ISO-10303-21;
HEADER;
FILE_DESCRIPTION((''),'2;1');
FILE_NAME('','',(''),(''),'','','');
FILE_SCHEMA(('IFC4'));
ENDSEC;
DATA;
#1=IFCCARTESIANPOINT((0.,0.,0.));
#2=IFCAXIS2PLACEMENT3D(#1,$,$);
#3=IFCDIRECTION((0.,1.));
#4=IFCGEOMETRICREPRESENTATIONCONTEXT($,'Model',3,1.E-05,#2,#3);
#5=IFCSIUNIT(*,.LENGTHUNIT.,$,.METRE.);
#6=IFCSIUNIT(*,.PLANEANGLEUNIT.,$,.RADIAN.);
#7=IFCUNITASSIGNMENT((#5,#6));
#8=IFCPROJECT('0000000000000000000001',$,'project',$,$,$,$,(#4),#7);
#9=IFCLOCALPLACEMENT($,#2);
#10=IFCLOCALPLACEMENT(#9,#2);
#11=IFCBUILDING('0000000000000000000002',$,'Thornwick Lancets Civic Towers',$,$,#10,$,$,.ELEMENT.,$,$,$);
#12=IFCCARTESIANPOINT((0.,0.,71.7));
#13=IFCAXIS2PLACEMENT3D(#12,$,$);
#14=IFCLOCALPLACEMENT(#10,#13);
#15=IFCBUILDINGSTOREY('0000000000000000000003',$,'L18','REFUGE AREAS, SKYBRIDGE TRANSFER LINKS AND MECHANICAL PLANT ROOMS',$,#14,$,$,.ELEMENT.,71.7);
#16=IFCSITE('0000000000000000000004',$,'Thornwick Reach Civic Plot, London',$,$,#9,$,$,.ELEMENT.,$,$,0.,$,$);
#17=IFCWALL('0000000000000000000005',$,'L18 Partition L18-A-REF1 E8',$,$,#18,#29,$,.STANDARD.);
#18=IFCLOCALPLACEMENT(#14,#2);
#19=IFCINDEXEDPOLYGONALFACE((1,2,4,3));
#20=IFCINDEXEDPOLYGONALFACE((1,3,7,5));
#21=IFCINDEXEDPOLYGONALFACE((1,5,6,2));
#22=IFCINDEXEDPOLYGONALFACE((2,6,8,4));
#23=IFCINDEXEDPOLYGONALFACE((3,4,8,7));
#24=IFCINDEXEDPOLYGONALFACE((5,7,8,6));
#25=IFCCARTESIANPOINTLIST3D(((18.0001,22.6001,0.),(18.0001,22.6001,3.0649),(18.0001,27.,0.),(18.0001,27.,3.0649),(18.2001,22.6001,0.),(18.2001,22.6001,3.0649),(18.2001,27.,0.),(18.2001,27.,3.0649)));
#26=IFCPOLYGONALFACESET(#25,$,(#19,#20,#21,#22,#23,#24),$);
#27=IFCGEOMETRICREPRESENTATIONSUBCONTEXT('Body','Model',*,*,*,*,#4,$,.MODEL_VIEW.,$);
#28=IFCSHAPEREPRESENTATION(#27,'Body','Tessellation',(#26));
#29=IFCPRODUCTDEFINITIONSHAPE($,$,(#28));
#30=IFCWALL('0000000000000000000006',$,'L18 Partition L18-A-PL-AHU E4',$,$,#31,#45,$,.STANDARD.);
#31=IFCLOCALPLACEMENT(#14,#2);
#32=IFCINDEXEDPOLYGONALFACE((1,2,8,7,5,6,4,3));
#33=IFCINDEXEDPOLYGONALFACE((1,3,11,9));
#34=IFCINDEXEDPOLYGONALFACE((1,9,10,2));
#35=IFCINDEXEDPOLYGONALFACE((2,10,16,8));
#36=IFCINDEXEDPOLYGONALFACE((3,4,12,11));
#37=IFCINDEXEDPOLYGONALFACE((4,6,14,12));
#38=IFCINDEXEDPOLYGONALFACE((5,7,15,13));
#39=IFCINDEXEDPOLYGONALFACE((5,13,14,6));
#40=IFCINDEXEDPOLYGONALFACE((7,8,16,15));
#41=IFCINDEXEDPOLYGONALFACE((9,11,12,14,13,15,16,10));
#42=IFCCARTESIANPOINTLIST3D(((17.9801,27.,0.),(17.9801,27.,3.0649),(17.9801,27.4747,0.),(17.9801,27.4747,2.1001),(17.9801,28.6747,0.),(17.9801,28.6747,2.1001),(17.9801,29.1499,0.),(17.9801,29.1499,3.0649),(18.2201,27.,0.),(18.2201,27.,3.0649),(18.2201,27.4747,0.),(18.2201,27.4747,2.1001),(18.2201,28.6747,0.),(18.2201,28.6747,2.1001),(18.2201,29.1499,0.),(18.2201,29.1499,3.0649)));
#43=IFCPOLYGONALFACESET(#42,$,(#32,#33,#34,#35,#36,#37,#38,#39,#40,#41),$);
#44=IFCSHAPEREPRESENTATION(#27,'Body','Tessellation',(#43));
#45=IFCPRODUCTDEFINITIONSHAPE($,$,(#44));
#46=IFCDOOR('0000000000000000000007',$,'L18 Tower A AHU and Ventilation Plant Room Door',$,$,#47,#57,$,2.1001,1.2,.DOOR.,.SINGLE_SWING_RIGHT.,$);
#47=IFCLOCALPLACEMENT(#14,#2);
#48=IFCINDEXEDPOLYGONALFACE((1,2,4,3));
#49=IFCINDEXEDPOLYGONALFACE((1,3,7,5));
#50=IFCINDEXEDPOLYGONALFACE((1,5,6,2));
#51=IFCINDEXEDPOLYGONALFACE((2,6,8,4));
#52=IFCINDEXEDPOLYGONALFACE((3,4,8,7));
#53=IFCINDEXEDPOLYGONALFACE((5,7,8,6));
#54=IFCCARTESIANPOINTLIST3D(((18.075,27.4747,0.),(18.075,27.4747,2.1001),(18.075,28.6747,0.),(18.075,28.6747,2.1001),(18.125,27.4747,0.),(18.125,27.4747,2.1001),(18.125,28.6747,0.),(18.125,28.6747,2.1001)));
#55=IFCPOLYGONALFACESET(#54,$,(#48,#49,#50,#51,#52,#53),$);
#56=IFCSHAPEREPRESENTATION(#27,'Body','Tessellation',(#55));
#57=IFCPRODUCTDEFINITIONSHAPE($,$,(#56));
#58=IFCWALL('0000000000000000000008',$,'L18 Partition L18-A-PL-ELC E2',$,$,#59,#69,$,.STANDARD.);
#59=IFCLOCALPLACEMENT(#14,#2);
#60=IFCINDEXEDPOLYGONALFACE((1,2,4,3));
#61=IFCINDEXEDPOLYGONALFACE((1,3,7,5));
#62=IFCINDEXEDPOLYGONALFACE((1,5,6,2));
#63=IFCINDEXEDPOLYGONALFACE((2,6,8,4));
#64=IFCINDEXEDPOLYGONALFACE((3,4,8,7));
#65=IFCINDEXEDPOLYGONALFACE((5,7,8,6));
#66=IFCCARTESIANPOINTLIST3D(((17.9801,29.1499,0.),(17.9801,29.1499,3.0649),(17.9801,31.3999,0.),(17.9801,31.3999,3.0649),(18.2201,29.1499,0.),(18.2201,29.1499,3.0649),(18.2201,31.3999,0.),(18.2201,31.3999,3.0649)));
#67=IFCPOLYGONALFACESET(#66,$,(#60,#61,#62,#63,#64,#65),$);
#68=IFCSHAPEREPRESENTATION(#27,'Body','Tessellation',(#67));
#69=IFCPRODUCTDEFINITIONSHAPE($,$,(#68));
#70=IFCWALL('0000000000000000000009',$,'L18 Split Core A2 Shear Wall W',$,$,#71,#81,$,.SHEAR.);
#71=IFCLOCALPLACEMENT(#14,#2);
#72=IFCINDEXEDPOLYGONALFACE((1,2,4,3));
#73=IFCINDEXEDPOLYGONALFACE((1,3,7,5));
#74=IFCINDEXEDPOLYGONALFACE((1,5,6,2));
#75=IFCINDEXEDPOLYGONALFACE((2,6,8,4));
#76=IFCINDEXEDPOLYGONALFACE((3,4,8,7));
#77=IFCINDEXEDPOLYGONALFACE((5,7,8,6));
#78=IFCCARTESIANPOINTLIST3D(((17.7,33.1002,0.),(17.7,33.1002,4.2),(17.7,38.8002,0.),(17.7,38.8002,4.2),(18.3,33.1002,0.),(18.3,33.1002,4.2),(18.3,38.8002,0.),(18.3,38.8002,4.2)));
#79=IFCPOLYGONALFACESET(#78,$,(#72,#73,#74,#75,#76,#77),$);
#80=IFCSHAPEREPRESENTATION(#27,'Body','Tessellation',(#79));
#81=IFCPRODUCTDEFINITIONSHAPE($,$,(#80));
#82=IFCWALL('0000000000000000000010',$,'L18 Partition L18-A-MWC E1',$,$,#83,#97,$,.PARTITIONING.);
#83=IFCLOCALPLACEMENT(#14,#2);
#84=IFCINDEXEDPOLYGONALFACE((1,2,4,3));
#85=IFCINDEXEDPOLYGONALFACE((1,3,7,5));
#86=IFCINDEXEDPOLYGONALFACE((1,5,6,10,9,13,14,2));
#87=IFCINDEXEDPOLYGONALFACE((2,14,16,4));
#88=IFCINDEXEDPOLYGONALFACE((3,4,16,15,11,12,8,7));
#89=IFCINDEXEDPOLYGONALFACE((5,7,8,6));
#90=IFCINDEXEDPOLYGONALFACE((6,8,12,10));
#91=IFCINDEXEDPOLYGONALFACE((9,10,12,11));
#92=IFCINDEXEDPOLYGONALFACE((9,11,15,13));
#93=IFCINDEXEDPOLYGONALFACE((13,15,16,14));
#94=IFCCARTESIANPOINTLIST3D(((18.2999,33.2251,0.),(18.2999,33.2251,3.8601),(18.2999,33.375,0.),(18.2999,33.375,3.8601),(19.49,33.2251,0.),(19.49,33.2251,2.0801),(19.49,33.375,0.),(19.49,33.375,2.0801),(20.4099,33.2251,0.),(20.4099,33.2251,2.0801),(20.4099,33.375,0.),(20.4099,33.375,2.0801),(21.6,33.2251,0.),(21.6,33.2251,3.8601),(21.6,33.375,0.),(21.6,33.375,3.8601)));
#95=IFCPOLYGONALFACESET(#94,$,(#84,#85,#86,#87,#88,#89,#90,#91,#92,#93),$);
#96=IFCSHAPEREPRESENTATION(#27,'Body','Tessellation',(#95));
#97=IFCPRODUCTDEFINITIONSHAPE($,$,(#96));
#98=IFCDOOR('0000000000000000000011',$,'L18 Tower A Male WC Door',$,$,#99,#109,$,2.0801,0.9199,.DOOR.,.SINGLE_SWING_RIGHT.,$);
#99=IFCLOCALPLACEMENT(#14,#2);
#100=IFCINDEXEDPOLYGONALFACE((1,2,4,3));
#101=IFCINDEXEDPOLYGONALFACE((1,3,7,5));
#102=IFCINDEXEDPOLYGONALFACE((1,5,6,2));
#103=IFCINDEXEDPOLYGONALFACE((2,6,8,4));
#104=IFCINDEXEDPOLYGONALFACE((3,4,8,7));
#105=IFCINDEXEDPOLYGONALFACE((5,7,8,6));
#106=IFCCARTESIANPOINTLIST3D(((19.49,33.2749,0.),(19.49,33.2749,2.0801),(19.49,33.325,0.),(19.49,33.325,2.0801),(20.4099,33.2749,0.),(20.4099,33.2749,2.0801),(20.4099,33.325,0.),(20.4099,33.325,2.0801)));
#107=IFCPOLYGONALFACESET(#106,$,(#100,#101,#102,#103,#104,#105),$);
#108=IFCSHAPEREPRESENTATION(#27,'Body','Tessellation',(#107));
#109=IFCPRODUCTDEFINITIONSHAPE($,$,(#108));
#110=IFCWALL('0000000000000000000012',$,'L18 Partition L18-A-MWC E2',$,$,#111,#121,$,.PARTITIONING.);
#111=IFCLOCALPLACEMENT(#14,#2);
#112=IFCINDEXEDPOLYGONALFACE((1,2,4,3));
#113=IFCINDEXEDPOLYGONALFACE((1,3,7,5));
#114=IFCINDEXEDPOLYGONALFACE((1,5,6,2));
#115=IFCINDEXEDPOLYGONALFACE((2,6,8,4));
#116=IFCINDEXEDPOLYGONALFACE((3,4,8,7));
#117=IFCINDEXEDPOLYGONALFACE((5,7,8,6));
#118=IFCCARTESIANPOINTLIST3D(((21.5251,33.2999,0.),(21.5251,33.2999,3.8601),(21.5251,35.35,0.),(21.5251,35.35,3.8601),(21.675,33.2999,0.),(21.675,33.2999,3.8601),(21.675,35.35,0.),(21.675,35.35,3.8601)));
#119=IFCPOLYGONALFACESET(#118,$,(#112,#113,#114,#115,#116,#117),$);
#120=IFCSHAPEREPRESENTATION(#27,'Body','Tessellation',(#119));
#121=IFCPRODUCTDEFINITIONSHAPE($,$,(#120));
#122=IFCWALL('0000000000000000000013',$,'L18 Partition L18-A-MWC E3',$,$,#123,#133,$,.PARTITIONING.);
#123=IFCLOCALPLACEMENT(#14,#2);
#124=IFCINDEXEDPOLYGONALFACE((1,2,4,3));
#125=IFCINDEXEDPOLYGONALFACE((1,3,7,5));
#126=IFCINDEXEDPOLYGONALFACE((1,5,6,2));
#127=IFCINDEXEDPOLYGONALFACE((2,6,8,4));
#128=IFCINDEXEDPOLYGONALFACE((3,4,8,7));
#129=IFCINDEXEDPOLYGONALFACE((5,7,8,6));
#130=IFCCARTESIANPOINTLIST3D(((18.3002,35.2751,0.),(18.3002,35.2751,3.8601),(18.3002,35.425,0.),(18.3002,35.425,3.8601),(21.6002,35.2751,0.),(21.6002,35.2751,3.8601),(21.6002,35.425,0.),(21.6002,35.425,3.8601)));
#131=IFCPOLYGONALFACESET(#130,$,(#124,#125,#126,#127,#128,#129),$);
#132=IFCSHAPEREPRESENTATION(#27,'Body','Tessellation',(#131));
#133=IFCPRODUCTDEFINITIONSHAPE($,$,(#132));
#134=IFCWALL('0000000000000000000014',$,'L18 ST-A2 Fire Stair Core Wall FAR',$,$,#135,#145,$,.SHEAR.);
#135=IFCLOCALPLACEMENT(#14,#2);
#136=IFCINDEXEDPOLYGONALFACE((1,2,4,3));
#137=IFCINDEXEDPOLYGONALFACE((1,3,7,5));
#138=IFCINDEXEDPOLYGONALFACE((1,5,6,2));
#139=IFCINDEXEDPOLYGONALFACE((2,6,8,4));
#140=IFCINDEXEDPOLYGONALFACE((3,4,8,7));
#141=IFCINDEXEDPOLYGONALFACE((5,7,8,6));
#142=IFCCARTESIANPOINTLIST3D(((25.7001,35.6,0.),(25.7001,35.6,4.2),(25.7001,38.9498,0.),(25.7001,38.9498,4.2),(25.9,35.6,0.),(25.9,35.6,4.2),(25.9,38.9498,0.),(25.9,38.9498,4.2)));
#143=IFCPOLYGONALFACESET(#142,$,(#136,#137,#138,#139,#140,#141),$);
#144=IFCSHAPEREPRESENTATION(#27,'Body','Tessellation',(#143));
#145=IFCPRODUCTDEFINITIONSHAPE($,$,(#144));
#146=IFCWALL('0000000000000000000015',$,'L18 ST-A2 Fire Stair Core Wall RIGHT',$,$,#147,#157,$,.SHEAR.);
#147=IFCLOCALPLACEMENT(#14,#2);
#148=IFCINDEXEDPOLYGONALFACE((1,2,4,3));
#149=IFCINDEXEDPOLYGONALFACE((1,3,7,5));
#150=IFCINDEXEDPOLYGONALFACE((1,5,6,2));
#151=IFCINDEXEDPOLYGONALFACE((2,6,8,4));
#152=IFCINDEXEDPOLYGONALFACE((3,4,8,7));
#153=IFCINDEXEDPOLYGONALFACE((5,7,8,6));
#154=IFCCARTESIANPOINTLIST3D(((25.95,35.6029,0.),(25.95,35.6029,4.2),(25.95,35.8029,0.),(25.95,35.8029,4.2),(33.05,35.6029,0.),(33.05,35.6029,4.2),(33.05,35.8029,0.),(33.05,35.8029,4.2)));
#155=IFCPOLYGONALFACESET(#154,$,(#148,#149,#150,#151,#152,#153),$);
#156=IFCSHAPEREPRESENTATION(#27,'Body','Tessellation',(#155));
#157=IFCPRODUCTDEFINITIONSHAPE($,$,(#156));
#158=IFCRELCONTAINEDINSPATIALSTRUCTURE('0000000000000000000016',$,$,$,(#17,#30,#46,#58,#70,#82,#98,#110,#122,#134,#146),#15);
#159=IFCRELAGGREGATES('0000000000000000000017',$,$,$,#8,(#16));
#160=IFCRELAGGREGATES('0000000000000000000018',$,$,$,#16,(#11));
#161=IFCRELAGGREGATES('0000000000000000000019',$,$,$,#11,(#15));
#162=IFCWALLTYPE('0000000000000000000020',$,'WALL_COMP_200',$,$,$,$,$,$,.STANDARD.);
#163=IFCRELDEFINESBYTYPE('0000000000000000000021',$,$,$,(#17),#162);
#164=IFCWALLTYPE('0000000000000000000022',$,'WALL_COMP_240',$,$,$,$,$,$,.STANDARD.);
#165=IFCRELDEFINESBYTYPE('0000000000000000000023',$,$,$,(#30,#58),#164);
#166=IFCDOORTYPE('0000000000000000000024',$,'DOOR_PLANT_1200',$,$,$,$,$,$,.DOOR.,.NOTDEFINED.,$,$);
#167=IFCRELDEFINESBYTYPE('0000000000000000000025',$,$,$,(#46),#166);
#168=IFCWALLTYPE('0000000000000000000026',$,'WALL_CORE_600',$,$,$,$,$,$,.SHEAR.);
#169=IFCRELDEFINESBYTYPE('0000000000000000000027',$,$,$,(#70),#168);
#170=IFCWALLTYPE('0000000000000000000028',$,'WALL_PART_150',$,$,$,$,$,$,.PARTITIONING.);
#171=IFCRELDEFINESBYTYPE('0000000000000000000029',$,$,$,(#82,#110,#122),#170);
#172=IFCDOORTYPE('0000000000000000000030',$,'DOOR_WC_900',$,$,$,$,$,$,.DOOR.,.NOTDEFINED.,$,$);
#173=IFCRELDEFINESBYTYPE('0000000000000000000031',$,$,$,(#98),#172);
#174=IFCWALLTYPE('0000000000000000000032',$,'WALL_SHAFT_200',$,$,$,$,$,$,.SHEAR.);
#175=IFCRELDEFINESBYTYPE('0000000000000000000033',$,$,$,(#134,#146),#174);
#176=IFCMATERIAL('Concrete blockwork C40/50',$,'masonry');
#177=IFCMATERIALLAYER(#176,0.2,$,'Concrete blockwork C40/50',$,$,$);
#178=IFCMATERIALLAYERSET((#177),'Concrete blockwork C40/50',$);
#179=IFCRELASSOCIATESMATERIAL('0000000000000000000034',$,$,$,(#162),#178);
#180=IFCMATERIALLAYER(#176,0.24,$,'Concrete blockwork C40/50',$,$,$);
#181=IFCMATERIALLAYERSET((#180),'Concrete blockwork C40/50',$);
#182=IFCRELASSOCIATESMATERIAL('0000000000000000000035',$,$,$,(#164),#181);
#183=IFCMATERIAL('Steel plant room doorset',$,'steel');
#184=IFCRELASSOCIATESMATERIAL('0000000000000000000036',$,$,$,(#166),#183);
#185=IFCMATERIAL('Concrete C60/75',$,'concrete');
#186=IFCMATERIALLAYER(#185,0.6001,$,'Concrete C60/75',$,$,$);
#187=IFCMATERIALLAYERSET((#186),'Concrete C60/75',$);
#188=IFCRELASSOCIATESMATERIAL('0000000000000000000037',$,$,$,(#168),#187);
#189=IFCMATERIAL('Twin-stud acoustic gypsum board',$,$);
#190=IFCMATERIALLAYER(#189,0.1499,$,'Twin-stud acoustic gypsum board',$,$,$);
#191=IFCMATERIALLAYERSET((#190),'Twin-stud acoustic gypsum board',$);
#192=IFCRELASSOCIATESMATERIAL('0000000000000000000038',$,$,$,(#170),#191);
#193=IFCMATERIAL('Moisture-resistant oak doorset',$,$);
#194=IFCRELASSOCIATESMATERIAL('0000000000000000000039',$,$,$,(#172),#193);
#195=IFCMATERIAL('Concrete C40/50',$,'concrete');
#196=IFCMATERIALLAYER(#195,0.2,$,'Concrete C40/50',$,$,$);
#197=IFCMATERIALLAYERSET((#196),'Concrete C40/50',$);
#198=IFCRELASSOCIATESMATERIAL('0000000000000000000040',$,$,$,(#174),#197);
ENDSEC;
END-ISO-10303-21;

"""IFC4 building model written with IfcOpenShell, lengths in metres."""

from ifc_helpers import new_model, si_unit, direction, frame, frame_2d, origin, place, context, subcontext, project, spatial, rectangle, extrude, material, layer, layer_set, type_object, element, fill, save


model = new_model("IFC4")

# Units and contexts
model_context = context("Model", 3, precision=1e-05, world=origin(), true_north=direction((0.0, 1.0)))
body_context = subcontext(model_context, "Body", "Model", "MODEL_VIEW")
ifc_project = project(units=[si_unit("LENGTHUNIT", "METRE"), si_unit("PLANEANGLEUNIT", "RADIAN")], contexts=[model_context])

# Site, building, storey
site_placement = place(None, origin())
site = spatial("IfcSite", under=ifc_project, at=site_placement, Name="Thornwick Reach Civic Plot, London", CompositionType="ELEMENT", RefElevation=0.0)
building_placement = place(site_placement, origin())
building = spatial("IfcBuilding", under=site, at=building_placement, Name="Thornwick Lancets Civic Towers", CompositionType="ELEMENT")
storey_placement = place(building_placement, frame((0.0, 0.0, 71.7)))
storey = spatial("IfcBuildingStorey", under=building, at=storey_placement, Name="L18", Description="REFUGE AREAS, SKYBRIDGE TRANSFER LINKS AND MECHANICAL PLANT ROOMS", CompositionType="ELEMENT", Elevation=71.7)

# Shared definitions
ifc_material_1 = material(Name="Concrete C60/75", Category="concrete")

# Shared definitions
ifc_material_2 = material(Name="Concrete blockwork C40/50", Category="masonry")
ifc_layer_1 = layer(ifc_material_2, 0.2, Name="Concrete blockwork C40/50")
ifc_layer_set_1 = layer_set([ifc_layer_1], Name="Concrete blockwork C40/50")
wall_type_1 = type_object("IfcWallType", Name="WALL_COMP_200", PredefinedType="STANDARD", material=ifc_layer_set_1)

# Wall
wall_1_placement = place(storey_placement, frame((18.1001, 27.0, 0.0), z_axis=(0.0, 0.0, 1.0), x_axis=(0.0, -1.0, 0.0)))
element("IfcWall", 1, at=wall_1_placement, inside=storey, type_object=wall_type_1, Name="L18 Partition L18-A-REF1 E8", PredefinedType="STANDARD", context=body_context, shape_type="SweptSolid", body=[
    extrude(rectangle(XDim=4.3999, YDim=0.2, at=frame_2d((2.2, 0.0))), origin(), (0.0, 0.0, 1.0), 3.0649),
])

# Wall, opening, door
ifc_layer_2 = layer(ifc_material_2, 0.24, Name="Concrete blockwork C40/50")
ifc_layer_set_2 = layer_set([ifc_layer_2], Name="Concrete blockwork C40/50")
wall_type_2 = type_object("IfcWallType", Name="WALL_COMP_240", PredefinedType="STANDARD", material=ifc_layer_set_2)
wall_2_placement = place(storey_placement, frame((18.1001, 29.1499, 0.0), z_axis=(0.0, 0.0, 1.0), x_axis=(0.0, -1.0, 0.0)))
wall_2 = element("IfcWall", 2, at=wall_2_placement, inside=storey, type_object=wall_type_2, Name="L18 Partition L18-A-PL-AHU E4", PredefinedType="STANDARD", context=body_context, shape_type="SweptSolid", body=[
    extrude(rectangle(XDim=2.1499, YDim=0.24, at=frame_2d((1.075, 0.0))), origin(), (0.0, 0.0, 1.0), 3.0649),
])
opening_1_placement = place(wall_2_placement, frame((0.4751, 0.0, 0.0)))
opening_1 = element("IfcOpeningElement", 3, at=opening_1_placement, cuts=wall_2, PredefinedType="OPENING", context=body_context, shape_type="SweptSolid", body=[
    extrude(rectangle(XDim=1.2, YDim=2.1001, at=frame_2d((0.6001, 1.05))), frame((0.0, 0.1299, 0.0), z_axis=(0.0, -1.0, 0.0), x_axis=(1.0, 0.0, 0.0)), (0.0, 0.0, 1.0), 0.26),
])
ifc_material_3 = material(Name="Steel plant room doorset", Category="steel")
door_type_1 = type_object("IfcDoorType", Name="DOOR_PLANT_1200", OperationType="NOTDEFINED", PredefinedType="DOOR", material=ifc_material_3)
door_1_placement = place(opening_1_placement, origin())
door_1 = element("IfcDoor", 4, at=door_1_placement, inside=storey, type_object=door_type_1, Name="L18 Tower A AHU and Ventilation Plant Room Door", OperationType="SINGLE_SWING_RIGHT", OverallHeight=2.1001, OverallWidth=1.2, PredefinedType="DOOR", context=body_context, shape_type="SweptSolid", body=[
    extrude(rectangle(XDim=1.2, YDim=2.1001, at=frame_2d((0.6001, 1.05))), frame((0.0, 0.0249, 0.0), z_axis=(0.0, -1.0, 0.0), x_axis=(1.0, 0.0, 0.0)), (0.0, 0.0, 1.0), 0.05),
])
fill(opening_1, door_1)

# Walls
wall_3_placement = place(storey_placement, frame((18.1001, 31.3999, 0.0), z_axis=(0.0, 0.0, 1.0), x_axis=(0.0, -1.0, 0.0)))
element("IfcWall", 5, at=wall_3_placement, inside=storey, type_object=wall_type_2, Name="L18 Partition L18-A-PL-ELC E2", PredefinedType="STANDARD", context=body_context, shape_type="SweptSolid", body=[
    extrude(rectangle(XDim=2.25, YDim=0.24, at=frame_2d((1.125, 0.0))), origin(), (0.0, 0.0, 1.0), 3.0649),
])
ifc_layer_3 = layer(ifc_material_1, 0.6001, Name="Concrete C60/75")
ifc_layer_set_3 = layer_set([ifc_layer_3], Name="Concrete C60/75")
wall_type_3 = type_object("IfcWallType", Name="WALL_CORE_600", PredefinedType="SHEAR", material=ifc_layer_set_3)
wall_4_placement = place(storey_placement, frame((18.0, 33.1001, 0.0), z_axis=(0.0, 0.0, 1.0), x_axis=(0.0, 1.0, 0.0)))
element("IfcWall", 6, at=wall_4_placement, inside=storey, type_object=wall_type_3, Name="L18 Split Core A2 Shear Wall W", PredefinedType="SHEAR", context=body_context, shape_type="SweptSolid", body=[
    extrude(rectangle(XDim=5.7, YDim=0.6001, at=frame_2d((2.8501, 0.0))), origin(), (0.0, 0.0, 1.0), 4.2),
])

# Wall, opening, door
ifc_material_4 = material(Name="Twin-stud acoustic gypsum board")
ifc_layer_4 = layer(ifc_material_4, 0.1499, Name="Twin-stud acoustic gypsum board")
ifc_layer_set_4 = layer_set([ifc_layer_4], Name="Twin-stud acoustic gypsum board")
wall_type_4 = type_object("IfcWallType", Name="WALL_PART_150", PredefinedType="PARTITIONING", material=ifc_layer_set_4)
wall_5_placement = place(storey_placement, frame((18.3, 33.3, 0.0), z_axis=(0.0, 0.0, 1.0), x_axis=(1.0, 0.0, 0.0)))
wall_5 = element("IfcWall", 7, at=wall_5_placement, inside=storey, type_object=wall_type_4, Name="L18 Partition L18-A-MWC E1", PredefinedType="PARTITIONING", context=body_context, shape_type="SweptSolid", body=[
    extrude(rectangle(XDim=3.3, YDim=0.1499, at=frame_2d((1.6499, 0.0))), origin(), (0.0, 0.0, 1.0), 3.8601),
])
opening_2_placement = place(wall_5_placement, frame((1.1899, 0.0, 0.0)))
opening_2 = element("IfcOpeningElement", 8, at=opening_2_placement, cuts=wall_5, PredefinedType="OPENING", context=body_context, shape_type="SweptSolid", body=[
    extrude(rectangle(XDim=0.9199, YDim=2.0801, at=frame_2d((0.46, 1.04))), frame((0.0, 0.085, 0.0), z_axis=(0.0, -1.0, 0.0), x_axis=(1.0, 0.0, 0.0)), (0.0, 0.0, 1.0), 0.1699),
])
ifc_material_5 = material(Name="Moisture-resistant oak doorset")
door_type_2 = type_object("IfcDoorType", Name="DOOR_WC_900", OperationType="NOTDEFINED", PredefinedType="DOOR", material=ifc_material_5)
door_2_placement = place(opening_2_placement, origin())
door_2 = element("IfcDoor", 9, at=door_2_placement, inside=storey, type_object=door_type_2, Name="L18 Tower A Male WC Door", OperationType="SINGLE_SWING_RIGHT", OverallHeight=2.0801, OverallWidth=0.9199, PredefinedType="DOOR", context=body_context, shape_type="SweptSolid", body=[
    extrude(rectangle(XDim=0.9199, YDim=2.0801, at=frame_2d((0.46, 1.04))), frame((0.0, 0.0249, 0.0), z_axis=(0.0, -1.0, 0.0), x_axis=(1.0, 0.0, 0.0)), (0.0, 0.0, 1.0), 0.05),
])
fill(opening_2, door_2)

# Walls
wall_6_placement = place(storey_placement, frame((21.6001, 33.3, 0.0), z_axis=(0.0, 0.0, 1.0), x_axis=(0.0, 1.0, 0.0)))
element("IfcWall", 10, at=wall_6_placement, inside=storey, type_object=wall_type_4, Name="L18 Partition L18-A-MWC E2", PredefinedType="PARTITIONING", context=body_context, shape_type="SweptSolid", body=[
    extrude(rectangle(XDim=2.05, YDim=0.1499, at=frame_2d((1.0249, 0.0))), origin(), (0.0, 0.0, 1.0), 3.8601),
])
wall_7_placement = place(storey_placement, frame((21.6001, 35.3501, 0.0), z_axis=(0.0, 0.0, 1.0), x_axis=(-1.0, 0.0, 0.0)))
element("IfcWall", 11, at=wall_7_placement, inside=storey, type_object=wall_type_4, Name="L18 Partition L18-A-MWC E3", PredefinedType="PARTITIONING", context=body_context, shape_type="SweptSolid", body=[
    extrude(rectangle(XDim=3.3, YDim=0.1499, at=frame_2d((1.6499, 0.0))), origin(), (0.0, 0.0, 1.0), 3.8601),
])
ifc_material_6 = material(Name="Concrete C40/50", Category="concrete")
ifc_layer_5 = layer(ifc_material_6, 0.2, Name="Concrete C40/50")
ifc_layer_set_5 = layer_set([ifc_layer_5], Name="Concrete C40/50")
wall_type_5 = type_object("IfcWallType", Name="WALL_SHAFT_200", PredefinedType="SHEAR", material=ifc_layer_set_5)
wall_8_placement = place(storey_placement, frame((25.8, 35.6001, 0.0), z_axis=(0.0, 0.0, 1.0), x_axis=(0.0, 1.0, 0.0)))
element("IfcWall", 12, at=wall_8_placement, inside=storey, type_object=wall_type_5, Name="L18 ST-A2 Fire Stair Core Wall FAR", PredefinedType="SHEAR", context=body_context, shape_type="SweptSolid", body=[
    extrude(rectangle(XDim=3.3499, YDim=0.2, at=frame_2d((1.6748, 0.0))), origin(), (0.0, 0.0, 1.0), 4.2),
])
wall_9_placement = place(storey_placement, frame((25.95, 35.7029, 0.0), z_axis=(0.0, 0.0, 1.0), x_axis=(1.0, 0.0, 0.0)))
element("IfcWall", 13, at=wall_9_placement, inside=storey, type_object=wall_type_5, Name="L18 ST-A2 Fire Stair Core Wall RIGHT", PredefinedType="SHEAR", context=body_context, shape_type="SweptSolid", body=[
    extrude(rectangle(XDim=7.1001, YDim=0.2, at=frame_2d((3.55, 0.0))), origin(), (0.0, 0.0, 1.0), 4.2),
])

save(model, "model.ifc")
